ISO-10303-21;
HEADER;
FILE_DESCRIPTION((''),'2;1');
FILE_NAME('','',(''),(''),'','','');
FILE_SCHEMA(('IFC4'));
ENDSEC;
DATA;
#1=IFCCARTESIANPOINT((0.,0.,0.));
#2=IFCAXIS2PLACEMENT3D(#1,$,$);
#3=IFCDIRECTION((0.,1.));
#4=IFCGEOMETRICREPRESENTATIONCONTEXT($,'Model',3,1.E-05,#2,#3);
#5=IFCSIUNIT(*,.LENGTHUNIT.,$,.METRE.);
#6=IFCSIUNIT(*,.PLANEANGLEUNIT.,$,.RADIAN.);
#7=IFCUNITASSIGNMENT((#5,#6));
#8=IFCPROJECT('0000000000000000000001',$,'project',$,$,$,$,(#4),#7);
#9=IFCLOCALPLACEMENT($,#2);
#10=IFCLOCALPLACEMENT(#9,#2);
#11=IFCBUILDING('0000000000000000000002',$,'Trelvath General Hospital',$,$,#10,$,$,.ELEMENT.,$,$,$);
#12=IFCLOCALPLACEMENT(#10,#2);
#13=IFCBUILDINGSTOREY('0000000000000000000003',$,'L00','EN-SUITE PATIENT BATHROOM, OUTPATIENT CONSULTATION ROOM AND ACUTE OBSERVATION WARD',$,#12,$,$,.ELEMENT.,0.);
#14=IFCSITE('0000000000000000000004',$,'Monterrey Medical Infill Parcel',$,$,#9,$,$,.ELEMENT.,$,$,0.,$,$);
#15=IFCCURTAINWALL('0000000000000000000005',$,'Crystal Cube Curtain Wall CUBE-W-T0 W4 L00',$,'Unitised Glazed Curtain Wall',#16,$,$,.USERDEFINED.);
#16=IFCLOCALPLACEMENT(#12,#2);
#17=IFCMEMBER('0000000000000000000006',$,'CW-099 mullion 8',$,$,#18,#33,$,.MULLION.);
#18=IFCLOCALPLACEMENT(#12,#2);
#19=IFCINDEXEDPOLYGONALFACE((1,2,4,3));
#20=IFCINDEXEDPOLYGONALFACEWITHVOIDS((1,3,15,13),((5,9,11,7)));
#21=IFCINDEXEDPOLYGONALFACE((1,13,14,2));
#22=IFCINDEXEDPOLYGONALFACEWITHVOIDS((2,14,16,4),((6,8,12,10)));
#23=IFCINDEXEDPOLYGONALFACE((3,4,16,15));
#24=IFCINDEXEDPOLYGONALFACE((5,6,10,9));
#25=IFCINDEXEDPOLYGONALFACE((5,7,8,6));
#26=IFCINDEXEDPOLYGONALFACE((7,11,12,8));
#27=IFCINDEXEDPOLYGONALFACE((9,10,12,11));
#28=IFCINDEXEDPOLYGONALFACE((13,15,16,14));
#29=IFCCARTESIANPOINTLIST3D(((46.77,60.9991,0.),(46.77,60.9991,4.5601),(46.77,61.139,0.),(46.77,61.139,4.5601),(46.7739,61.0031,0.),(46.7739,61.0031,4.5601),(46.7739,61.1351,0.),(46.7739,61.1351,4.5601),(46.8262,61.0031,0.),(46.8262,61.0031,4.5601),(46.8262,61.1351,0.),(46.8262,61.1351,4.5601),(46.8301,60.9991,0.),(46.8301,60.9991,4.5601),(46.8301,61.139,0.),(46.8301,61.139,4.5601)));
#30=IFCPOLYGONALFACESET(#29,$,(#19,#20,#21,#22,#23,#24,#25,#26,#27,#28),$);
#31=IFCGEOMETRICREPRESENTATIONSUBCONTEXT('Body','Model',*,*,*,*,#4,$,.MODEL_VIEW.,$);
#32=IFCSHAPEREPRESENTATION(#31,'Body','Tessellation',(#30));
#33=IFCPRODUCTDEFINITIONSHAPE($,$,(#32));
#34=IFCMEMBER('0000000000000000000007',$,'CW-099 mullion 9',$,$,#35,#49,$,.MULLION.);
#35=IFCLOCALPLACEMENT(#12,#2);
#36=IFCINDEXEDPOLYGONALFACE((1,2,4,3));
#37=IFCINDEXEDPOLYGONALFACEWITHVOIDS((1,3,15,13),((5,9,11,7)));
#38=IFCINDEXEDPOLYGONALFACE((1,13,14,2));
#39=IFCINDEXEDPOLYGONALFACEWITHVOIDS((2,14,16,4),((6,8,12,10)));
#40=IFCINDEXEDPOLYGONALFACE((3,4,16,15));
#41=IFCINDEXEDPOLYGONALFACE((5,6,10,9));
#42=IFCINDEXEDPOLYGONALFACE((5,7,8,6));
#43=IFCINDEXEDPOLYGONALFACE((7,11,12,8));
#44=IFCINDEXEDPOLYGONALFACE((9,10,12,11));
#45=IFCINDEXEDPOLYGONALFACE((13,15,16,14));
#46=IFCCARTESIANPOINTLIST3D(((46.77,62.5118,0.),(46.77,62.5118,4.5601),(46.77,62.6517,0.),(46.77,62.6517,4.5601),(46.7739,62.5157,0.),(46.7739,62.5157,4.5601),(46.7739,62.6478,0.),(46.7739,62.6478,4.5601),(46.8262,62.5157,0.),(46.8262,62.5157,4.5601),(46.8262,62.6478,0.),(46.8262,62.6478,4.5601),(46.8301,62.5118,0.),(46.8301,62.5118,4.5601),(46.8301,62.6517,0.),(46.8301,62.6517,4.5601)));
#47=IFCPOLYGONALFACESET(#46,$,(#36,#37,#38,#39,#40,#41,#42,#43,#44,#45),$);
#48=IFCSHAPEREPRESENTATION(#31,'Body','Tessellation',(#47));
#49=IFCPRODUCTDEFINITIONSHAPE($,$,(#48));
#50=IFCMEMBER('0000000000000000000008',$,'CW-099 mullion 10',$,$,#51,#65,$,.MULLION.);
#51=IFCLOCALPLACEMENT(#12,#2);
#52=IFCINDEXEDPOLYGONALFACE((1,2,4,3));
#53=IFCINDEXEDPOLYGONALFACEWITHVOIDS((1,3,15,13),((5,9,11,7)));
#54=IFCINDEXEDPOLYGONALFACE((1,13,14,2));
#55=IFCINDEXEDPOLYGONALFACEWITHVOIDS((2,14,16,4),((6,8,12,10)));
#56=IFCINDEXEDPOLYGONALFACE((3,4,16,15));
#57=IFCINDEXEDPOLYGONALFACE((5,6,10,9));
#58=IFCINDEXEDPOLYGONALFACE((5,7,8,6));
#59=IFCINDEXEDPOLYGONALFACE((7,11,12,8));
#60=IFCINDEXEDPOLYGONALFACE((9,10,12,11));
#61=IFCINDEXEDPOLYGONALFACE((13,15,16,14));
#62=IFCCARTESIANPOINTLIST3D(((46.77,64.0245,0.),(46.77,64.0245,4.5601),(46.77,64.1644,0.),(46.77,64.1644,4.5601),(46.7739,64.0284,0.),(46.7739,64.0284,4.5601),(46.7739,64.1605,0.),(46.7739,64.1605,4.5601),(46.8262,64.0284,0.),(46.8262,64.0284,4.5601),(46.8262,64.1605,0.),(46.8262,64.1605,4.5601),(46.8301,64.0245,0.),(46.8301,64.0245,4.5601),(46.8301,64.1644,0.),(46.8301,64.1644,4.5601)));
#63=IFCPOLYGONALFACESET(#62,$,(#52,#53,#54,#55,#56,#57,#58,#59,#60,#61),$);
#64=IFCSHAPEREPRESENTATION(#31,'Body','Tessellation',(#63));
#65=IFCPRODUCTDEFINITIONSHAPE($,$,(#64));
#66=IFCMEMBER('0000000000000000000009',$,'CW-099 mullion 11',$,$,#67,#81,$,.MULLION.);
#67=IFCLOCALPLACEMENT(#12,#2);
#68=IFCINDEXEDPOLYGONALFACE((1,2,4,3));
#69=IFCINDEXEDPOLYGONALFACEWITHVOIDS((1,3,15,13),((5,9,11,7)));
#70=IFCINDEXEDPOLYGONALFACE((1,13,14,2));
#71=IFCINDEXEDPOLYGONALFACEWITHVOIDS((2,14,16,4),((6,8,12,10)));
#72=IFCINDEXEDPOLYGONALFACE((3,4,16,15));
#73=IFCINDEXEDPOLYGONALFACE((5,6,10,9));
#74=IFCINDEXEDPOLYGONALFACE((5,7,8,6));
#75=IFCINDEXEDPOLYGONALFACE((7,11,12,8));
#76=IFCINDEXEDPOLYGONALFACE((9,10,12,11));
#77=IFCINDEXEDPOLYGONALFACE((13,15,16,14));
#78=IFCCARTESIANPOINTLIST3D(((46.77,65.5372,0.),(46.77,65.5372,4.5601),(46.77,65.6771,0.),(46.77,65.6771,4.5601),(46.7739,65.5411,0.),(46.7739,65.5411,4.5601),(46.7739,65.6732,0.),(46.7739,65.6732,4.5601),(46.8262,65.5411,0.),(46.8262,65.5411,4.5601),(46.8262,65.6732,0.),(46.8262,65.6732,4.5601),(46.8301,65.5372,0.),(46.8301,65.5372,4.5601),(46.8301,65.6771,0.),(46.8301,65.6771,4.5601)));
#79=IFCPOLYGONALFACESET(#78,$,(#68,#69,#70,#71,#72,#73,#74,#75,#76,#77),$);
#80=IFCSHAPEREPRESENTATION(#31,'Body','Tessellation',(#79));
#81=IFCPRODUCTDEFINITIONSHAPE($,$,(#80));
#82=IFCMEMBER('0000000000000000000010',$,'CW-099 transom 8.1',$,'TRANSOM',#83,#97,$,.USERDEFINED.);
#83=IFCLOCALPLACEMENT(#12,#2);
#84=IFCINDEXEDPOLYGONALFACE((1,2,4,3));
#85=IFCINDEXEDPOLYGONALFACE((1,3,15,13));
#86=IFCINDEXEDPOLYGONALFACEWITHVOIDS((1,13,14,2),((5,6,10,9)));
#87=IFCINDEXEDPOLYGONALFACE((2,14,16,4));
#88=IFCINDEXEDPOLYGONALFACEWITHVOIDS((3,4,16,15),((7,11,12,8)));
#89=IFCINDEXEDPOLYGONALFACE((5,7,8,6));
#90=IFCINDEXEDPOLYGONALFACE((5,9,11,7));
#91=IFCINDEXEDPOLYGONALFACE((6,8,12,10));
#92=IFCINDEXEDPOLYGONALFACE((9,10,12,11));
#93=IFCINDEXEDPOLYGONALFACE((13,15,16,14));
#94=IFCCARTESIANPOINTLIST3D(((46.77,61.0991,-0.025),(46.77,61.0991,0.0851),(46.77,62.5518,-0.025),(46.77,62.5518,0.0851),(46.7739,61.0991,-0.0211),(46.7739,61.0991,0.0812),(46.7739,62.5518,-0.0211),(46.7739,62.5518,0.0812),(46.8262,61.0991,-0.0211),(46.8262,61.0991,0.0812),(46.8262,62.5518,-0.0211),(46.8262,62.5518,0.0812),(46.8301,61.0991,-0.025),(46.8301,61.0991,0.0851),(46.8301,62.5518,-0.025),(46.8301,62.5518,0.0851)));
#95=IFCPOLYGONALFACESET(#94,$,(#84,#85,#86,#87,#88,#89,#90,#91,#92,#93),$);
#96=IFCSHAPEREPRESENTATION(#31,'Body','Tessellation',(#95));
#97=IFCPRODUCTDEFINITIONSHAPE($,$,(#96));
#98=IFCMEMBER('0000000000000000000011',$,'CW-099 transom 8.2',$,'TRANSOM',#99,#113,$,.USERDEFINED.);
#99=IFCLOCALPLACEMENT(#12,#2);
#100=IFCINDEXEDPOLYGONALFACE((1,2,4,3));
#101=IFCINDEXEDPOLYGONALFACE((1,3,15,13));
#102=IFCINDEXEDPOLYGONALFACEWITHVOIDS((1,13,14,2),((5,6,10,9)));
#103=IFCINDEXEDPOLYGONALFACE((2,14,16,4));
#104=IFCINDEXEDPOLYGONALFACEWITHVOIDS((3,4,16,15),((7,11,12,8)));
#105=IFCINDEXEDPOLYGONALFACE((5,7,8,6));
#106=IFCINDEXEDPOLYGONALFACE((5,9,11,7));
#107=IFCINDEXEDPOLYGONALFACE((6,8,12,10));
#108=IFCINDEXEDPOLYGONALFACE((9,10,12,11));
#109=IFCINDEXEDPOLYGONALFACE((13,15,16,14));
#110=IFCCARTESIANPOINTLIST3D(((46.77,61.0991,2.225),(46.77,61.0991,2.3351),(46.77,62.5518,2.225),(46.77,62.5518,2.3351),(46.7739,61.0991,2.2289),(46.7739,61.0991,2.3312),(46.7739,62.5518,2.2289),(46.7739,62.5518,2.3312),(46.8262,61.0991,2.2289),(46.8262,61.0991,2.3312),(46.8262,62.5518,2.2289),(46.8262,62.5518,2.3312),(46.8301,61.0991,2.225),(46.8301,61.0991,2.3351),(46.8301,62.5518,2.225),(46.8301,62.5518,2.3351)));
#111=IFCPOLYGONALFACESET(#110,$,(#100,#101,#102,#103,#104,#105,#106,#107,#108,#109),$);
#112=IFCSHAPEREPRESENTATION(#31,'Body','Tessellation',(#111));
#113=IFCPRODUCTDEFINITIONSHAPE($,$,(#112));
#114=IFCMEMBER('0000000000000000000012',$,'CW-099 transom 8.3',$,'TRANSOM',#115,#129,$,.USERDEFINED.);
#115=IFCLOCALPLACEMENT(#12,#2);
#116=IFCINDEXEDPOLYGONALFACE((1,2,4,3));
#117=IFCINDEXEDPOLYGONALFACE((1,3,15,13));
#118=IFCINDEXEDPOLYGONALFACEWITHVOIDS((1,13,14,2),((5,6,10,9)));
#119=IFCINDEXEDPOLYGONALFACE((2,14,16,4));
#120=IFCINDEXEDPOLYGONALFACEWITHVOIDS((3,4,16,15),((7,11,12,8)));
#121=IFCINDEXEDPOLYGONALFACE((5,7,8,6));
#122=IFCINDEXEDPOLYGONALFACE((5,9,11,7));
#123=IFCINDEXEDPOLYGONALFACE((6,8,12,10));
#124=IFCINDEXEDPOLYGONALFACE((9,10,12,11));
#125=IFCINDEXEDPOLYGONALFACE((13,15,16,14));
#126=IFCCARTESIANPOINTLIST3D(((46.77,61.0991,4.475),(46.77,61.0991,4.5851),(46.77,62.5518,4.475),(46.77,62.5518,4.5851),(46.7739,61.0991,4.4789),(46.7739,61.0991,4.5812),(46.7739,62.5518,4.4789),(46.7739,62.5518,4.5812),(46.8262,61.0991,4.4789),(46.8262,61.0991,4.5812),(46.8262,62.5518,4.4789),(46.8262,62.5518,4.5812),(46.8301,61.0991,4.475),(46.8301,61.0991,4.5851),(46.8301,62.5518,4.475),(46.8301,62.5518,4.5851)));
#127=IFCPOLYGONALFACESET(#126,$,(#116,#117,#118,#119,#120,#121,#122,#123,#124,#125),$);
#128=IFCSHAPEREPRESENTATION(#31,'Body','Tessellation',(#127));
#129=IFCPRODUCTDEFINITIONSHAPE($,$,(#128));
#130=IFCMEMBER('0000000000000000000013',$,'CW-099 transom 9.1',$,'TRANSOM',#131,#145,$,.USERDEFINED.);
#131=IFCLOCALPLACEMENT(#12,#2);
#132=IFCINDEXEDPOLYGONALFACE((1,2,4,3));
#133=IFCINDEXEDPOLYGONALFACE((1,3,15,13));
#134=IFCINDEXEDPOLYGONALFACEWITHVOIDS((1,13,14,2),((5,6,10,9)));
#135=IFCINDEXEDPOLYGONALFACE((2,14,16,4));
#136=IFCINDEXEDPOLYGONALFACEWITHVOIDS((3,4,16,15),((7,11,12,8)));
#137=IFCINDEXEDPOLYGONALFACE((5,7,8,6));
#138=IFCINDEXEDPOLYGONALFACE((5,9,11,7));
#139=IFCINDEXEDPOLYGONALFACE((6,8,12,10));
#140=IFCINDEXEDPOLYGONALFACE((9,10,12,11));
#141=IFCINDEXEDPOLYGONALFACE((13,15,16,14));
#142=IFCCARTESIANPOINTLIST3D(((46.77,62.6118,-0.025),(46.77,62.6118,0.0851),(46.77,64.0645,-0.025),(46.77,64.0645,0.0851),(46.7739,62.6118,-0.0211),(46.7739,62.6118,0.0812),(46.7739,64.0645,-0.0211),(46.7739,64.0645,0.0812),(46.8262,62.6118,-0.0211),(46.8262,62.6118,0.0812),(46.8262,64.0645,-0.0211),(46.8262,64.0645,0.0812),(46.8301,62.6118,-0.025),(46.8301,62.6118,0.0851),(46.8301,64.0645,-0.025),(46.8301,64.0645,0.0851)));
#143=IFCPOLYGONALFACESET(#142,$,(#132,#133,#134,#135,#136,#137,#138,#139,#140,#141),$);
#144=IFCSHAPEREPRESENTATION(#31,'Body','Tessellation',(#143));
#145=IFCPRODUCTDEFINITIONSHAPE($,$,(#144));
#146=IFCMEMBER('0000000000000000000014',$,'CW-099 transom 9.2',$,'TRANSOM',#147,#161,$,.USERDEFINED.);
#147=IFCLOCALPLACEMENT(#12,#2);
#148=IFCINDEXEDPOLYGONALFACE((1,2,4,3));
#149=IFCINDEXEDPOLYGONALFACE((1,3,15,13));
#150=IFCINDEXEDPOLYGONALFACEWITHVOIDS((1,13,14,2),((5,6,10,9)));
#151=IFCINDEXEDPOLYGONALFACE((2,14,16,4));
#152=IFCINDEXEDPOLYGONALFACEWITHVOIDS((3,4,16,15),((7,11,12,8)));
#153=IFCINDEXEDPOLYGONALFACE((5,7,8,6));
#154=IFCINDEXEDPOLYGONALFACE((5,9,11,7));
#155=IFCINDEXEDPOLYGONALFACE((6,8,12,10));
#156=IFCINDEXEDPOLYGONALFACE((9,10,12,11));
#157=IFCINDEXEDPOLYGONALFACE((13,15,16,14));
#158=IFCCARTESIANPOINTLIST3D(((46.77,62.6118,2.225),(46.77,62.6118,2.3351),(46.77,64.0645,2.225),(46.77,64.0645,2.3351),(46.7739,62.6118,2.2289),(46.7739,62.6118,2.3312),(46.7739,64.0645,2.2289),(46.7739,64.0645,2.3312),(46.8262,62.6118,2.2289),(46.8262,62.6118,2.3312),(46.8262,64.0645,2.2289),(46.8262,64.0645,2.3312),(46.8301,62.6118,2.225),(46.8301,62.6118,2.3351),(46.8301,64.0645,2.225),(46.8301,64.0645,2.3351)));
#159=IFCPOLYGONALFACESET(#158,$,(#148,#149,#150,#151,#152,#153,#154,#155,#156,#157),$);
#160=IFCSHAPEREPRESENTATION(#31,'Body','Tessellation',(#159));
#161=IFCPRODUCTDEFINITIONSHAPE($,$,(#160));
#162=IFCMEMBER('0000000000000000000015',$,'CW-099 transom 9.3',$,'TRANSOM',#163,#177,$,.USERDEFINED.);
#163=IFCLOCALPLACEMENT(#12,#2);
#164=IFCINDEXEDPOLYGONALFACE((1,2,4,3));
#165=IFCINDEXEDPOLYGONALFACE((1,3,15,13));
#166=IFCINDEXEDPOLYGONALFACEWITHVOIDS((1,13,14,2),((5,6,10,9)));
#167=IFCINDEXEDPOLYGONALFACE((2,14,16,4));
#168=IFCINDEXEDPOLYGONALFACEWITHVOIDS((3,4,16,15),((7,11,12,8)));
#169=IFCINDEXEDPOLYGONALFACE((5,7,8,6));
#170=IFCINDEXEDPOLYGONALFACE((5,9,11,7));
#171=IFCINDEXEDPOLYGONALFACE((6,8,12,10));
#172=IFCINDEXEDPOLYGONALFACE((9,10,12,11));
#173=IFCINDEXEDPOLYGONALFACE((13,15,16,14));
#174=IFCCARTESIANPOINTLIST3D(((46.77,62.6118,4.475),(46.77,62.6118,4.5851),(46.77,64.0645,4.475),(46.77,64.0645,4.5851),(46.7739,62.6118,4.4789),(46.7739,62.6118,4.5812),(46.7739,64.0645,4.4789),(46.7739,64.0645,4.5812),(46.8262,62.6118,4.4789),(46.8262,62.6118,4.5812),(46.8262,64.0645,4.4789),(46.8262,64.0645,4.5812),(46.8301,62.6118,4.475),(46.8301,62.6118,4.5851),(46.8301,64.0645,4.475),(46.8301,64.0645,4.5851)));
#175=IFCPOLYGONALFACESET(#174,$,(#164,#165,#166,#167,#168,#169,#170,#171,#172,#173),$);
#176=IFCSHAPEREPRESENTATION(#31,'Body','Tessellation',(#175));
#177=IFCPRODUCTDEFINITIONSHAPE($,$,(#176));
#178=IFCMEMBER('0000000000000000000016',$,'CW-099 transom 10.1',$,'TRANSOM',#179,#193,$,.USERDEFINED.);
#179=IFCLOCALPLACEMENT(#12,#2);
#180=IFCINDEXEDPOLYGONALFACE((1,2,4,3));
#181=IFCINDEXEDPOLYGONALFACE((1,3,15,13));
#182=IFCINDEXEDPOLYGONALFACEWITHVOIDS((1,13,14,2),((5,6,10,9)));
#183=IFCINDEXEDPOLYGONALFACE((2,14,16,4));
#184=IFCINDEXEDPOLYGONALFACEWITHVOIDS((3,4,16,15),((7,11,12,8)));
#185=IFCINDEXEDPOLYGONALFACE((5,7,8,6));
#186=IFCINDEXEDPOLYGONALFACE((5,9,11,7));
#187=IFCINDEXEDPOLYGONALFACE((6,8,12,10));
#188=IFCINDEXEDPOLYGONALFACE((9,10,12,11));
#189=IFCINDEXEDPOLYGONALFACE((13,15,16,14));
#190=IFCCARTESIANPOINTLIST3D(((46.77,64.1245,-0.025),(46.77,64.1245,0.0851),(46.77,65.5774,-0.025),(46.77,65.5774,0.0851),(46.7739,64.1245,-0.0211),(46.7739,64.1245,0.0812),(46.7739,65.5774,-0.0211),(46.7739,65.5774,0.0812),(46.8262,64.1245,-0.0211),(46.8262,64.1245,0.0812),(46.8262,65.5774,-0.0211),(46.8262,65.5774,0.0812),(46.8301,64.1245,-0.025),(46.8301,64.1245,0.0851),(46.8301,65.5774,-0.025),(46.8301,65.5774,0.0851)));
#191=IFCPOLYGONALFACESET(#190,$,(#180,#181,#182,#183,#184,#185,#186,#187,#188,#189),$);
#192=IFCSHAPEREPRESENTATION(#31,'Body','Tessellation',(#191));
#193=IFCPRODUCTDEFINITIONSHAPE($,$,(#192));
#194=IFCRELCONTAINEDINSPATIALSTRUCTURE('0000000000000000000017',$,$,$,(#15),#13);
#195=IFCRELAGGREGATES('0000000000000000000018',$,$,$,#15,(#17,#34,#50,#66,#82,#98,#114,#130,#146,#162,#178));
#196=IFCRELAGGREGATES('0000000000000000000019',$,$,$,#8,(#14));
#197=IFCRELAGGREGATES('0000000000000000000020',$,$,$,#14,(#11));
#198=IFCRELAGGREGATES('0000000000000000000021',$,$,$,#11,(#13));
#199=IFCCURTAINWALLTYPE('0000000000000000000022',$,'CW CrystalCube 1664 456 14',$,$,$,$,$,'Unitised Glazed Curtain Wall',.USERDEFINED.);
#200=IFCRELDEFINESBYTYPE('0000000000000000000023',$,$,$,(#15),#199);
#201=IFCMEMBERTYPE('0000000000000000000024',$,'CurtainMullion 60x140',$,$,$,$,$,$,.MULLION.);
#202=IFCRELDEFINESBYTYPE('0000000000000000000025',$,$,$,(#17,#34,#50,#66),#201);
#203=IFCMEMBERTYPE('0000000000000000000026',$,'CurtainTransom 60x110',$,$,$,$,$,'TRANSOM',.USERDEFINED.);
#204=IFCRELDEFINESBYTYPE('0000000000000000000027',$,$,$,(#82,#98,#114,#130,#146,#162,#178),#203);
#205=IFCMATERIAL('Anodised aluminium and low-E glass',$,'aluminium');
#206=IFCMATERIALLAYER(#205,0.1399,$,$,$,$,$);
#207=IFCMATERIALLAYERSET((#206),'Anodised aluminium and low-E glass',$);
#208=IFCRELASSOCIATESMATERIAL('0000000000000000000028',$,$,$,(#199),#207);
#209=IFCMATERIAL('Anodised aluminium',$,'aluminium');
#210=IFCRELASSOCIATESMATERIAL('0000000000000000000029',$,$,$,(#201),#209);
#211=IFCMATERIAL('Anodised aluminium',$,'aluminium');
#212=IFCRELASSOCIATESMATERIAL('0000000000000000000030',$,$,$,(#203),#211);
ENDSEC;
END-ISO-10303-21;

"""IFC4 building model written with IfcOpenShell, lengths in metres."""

from ifc_helpers import new_model, si_unit, direction, frame, origin, origin_2d, place, context, subcontext, project, spatial, hollow_rectangle, extrude, material, layer, layer_set, material_profile, profile_set, type_object, element, aggregate, save


model = new_model("IFC4")

# Units and contexts
model_context = context("Model", 3, precision=1e-05, world=origin(), true_north=direction((0.0, 1.0)))
body_context = subcontext(model_context, "Body", "Model", "MODEL_VIEW")
ifc_project = project(units=[si_unit("LENGTHUNIT", "METRE"), si_unit("PLANEANGLEUNIT", "RADIAN")], contexts=[model_context])

# Site, building, storey
site_placement = place(None, origin())
site = spatial("IfcSite", under=ifc_project, at=site_placement, Name="Monterrey Medical Infill Parcel", CompositionType="ELEMENT", RefElevation=0.0)
building_placement = place(site_placement, origin())
building = spatial("IfcBuilding", under=site, at=building_placement, Name="Trelvath General Hospital", CompositionType="ELEMENT")
storey_placement = place(building_placement, origin())
storey = spatial("IfcBuildingStorey", under=building, at=storey_placement, Name="L00", Description="EN-SUITE PATIENT BATHROOM, OUTPATIENT CONSULTATION ROOM AND ACUTE OBSERVATION WARD", CompositionType="ELEMENT", Elevation=0.0)

# Curtain wall, members
ifc_material_1 = material(Name="Anodised aluminium and low-E glass", Category="aluminium")
ifc_layer_1 = layer(ifc_material_1, 0.1399)
ifc_layer_set_1 = layer_set([ifc_layer_1], Name="Anodised aluminium and low-E glass")
curtain_wall_type = type_object("IfcCurtainWallType", Name="CW CrystalCube 1664 456 14", ElementType="Unitised Glazed Curtain Wall", PredefinedType="USERDEFINED", material=ifc_layer_set_1)
curtain_wall_placement = place(storey_placement, origin())
curtain_wall = element("IfcCurtainWall", 1, at=curtain_wall_placement, inside=storey, type_object=curtain_wall_type, Name="Crystal Cube Curtain Wall CUBE-W-T0 W4 L00", ObjectType="Unitised Glazed Curtain Wall", PredefinedType="USERDEFINED")
ifc_material_2 = material(Name="Anodised aluminium", Category="aluminium")
ifc_material_profile_1 = material_profile(ifc_material_2, hollow_rectangle(XDim=0.0601, YDim=0.1399, WallThickness=0.0039, at=origin_2d()), Name="RHS60x140x4")
ifc_profile_set_1 = profile_set([ifc_material_profile_1], Name="Anodised aluminium")
member_type_1 = type_object("IfcMemberType", Name="CurtainMullion 60x140", PredefinedType="MULLION", material=ifc_profile_set_1)
member_1_placement = place(storey_placement, frame((46.8, 61.0691, 0.0), z_axis=(0.0, 0.0, 1.0), x_axis=(-1.0, 0.0, 0.0)))
member_1 = element("IfcMember", 2, at=member_1_placement, type_object=member_type_1, Name="CW-099 mullion 8", PredefinedType="MULLION", context=body_context, shape_type="SweptSolid", body=[
    extrude(hollow_rectangle(XDim=0.0601, YDim=0.1399, WallThickness=0.0039, at=origin_2d()), origin(), (0.0, 0.0, 1.0), 4.5601),
])
member_2_placement = place(storey_placement, frame((46.8, 62.5818, 0.0), z_axis=(0.0, 0.0, 1.0), x_axis=(-1.0, 0.0, 0.0)))
member_2 = element("IfcMember", 3, at=member_2_placement, type_object=member_type_1, Name="CW-099 mullion 9", PredefinedType="MULLION", context=body_context, shape_type="SweptSolid", body=[
    extrude(hollow_rectangle(XDim=0.0601, YDim=0.1399, WallThickness=0.0039, at=origin_2d()), origin(), (0.0, 0.0, 1.0), 4.5601),
])
member_3_placement = place(storey_placement, frame((46.8, 64.0945, 0.0), z_axis=(0.0, 0.0, 1.0), x_axis=(-1.0, 0.0, 0.0)))
member_3 = element("IfcMember", 4, at=member_3_placement, type_object=member_type_1, Name="CW-099 mullion 10", PredefinedType="MULLION", context=body_context, shape_type="SweptSolid", body=[
    extrude(hollow_rectangle(XDim=0.0601, YDim=0.1399, WallThickness=0.0039, at=origin_2d()), origin(), (0.0, 0.0, 1.0), 4.5601),
])
member_4_placement = place(storey_placement, frame((46.8, 65.6072, 0.0), z_axis=(0.0, 0.0, 1.0), x_axis=(-1.0, 0.0, 0.0)))
member_4 = element("IfcMember", 5, at=member_4_placement, type_object=member_type_1, Name="CW-099 mullion 11", PredefinedType="MULLION", context=body_context, shape_type="SweptSolid", body=[
    extrude(hollow_rectangle(XDim=0.0601, YDim=0.1399, WallThickness=0.0039, at=origin_2d()), origin(), (0.0, 0.0, 1.0), 4.5601),
])
ifc_material_3 = material(Name="Anodised aluminium", Category="aluminium")
ifc_material_profile_2 = material_profile(ifc_material_3, hollow_rectangle(XDim=0.0601, YDim=0.1101, WallThickness=0.0039, at=origin_2d()), Name="RHS60x110x4")
ifc_profile_set_2 = profile_set([ifc_material_profile_2], Name="Anodised aluminium")
member_type_2 = type_object("IfcMemberType", Name="CurtainTransom 60x110", ElementType="TRANSOM", PredefinedType="USERDEFINED", material=ifc_profile_set_2)
member_5_placement = place(storey_placement, frame((46.8, 61.0991, 0.03), z_axis=(0.0, 1.0, 0.0), x_axis=(-1.0, 0.0, 0.0)))
member_5 = element("IfcMember", 6, at=member_5_placement, type_object=member_type_2, Name="CW-099 transom 8.1", ObjectType="TRANSOM", PredefinedType="USERDEFINED", context=body_context, shape_type="SweptSolid", body=[
    extrude(hollow_rectangle(XDim=0.0601, YDim=0.1101, WallThickness=0.0039, at=origin_2d()), origin(), (0.0, 0.0, 1.0), 1.4526),
])
member_6_placement = place(storey_placement, frame((46.8, 61.0991, 2.28), z_axis=(0.0, 1.0, 0.0), x_axis=(-1.0, 0.0, 0.0)))
member_6 = element("IfcMember", 7, at=member_6_placement, type_object=member_type_2, Name="CW-099 transom 8.2", ObjectType="TRANSOM", PredefinedType="USERDEFINED", context=body_context, shape_type="SweptSolid", body=[
    extrude(hollow_rectangle(XDim=0.0601, YDim=0.1101, WallThickness=0.0039, at=origin_2d()), origin(), (0.0, 0.0, 1.0), 1.4526),
])
member_7_placement = place(storey_placement, frame((46.8, 61.0991, 4.53), z_axis=(0.0, 1.0, 0.0), x_axis=(-1.0, 0.0, 0.0)))
member_7 = element("IfcMember", 8, at=member_7_placement, type_object=member_type_2, Name="CW-099 transom 8.3", ObjectType="TRANSOM", PredefinedType="USERDEFINED", context=body_context, shape_type="SweptSolid", body=[
    extrude(hollow_rectangle(XDim=0.0601, YDim=0.1101, WallThickness=0.0039, at=origin_2d()), origin(), (0.0, 0.0, 1.0), 1.4526),
])
member_8_placement = place(storey_placement, frame((46.8, 62.6118, 0.03), z_axis=(0.0, 1.0, 0.0), x_axis=(-1.0, 0.0, 0.0)))
member_8 = element("IfcMember", 9, at=member_8_placement, type_object=member_type_2, Name="CW-099 transom 9.1", ObjectType="TRANSOM", PredefinedType="USERDEFINED", context=body_context, shape_type="SweptSolid", body=[
    extrude(hollow_rectangle(XDim=0.0601, YDim=0.1101, WallThickness=0.0039, at=origin_2d()), origin(), (0.0, 0.0, 1.0), 1.4526),
])
member_9_placement = place(storey_placement, frame((46.8, 62.6118, 2.28), z_axis=(0.0, 1.0, 0.0), x_axis=(-1.0, 0.0, 0.0)))
member_9 = element("IfcMember", 10, at=member_9_placement, type_object=member_type_2, Name="CW-099 transom 9.2", ObjectType="TRANSOM", PredefinedType="USERDEFINED", context=body_context, shape_type="SweptSolid", body=[
    extrude(hollow_rectangle(XDim=0.0601, YDim=0.1101, WallThickness=0.0039, at=origin_2d()), origin(), (0.0, 0.0, 1.0), 1.4526),
])
member_10_placement = place(storey_placement, frame((46.8, 62.6118, 4.53), z_axis=(0.0, 1.0, 0.0), x_axis=(-1.0, 0.0, 0.0)))
member_10 = element("IfcMember", 11, at=member_10_placement, type_object=member_type_2, Name="CW-099 transom 9.3", ObjectType="TRANSOM", PredefinedType="USERDEFINED", context=body_context, shape_type="SweptSolid", body=[
    extrude(hollow_rectangle(XDim=0.0601, YDim=0.1101, WallThickness=0.0039, at=origin_2d()), origin(), (0.0, 0.0, 1.0), 1.4526),
])
member_11_placement = place(storey_placement, frame((46.8, 64.1245, 0.03), z_axis=(0.0, 1.0, 0.0), x_axis=(-1.0, 0.0, 0.0)))
member_11 = element("IfcMember", 12, at=member_11_placement, type_object=member_type_2, Name="CW-099 transom 10.1", ObjectType="TRANSOM", PredefinedType="USERDEFINED", context=body_context, shape_type="SweptSolid", body=[
    extrude(hollow_rectangle(XDim=0.0601, YDim=0.1101, WallThickness=0.0039, at=origin_2d()), origin(), (0.0, 0.0, 1.0), 1.4529),
])
aggregate(curtain_wall, [member_1, member_2, member_3, member_4, member_5, member_6, member_7, member_8, member_9, member_10, member_11])

save(model, "model.ifc")
